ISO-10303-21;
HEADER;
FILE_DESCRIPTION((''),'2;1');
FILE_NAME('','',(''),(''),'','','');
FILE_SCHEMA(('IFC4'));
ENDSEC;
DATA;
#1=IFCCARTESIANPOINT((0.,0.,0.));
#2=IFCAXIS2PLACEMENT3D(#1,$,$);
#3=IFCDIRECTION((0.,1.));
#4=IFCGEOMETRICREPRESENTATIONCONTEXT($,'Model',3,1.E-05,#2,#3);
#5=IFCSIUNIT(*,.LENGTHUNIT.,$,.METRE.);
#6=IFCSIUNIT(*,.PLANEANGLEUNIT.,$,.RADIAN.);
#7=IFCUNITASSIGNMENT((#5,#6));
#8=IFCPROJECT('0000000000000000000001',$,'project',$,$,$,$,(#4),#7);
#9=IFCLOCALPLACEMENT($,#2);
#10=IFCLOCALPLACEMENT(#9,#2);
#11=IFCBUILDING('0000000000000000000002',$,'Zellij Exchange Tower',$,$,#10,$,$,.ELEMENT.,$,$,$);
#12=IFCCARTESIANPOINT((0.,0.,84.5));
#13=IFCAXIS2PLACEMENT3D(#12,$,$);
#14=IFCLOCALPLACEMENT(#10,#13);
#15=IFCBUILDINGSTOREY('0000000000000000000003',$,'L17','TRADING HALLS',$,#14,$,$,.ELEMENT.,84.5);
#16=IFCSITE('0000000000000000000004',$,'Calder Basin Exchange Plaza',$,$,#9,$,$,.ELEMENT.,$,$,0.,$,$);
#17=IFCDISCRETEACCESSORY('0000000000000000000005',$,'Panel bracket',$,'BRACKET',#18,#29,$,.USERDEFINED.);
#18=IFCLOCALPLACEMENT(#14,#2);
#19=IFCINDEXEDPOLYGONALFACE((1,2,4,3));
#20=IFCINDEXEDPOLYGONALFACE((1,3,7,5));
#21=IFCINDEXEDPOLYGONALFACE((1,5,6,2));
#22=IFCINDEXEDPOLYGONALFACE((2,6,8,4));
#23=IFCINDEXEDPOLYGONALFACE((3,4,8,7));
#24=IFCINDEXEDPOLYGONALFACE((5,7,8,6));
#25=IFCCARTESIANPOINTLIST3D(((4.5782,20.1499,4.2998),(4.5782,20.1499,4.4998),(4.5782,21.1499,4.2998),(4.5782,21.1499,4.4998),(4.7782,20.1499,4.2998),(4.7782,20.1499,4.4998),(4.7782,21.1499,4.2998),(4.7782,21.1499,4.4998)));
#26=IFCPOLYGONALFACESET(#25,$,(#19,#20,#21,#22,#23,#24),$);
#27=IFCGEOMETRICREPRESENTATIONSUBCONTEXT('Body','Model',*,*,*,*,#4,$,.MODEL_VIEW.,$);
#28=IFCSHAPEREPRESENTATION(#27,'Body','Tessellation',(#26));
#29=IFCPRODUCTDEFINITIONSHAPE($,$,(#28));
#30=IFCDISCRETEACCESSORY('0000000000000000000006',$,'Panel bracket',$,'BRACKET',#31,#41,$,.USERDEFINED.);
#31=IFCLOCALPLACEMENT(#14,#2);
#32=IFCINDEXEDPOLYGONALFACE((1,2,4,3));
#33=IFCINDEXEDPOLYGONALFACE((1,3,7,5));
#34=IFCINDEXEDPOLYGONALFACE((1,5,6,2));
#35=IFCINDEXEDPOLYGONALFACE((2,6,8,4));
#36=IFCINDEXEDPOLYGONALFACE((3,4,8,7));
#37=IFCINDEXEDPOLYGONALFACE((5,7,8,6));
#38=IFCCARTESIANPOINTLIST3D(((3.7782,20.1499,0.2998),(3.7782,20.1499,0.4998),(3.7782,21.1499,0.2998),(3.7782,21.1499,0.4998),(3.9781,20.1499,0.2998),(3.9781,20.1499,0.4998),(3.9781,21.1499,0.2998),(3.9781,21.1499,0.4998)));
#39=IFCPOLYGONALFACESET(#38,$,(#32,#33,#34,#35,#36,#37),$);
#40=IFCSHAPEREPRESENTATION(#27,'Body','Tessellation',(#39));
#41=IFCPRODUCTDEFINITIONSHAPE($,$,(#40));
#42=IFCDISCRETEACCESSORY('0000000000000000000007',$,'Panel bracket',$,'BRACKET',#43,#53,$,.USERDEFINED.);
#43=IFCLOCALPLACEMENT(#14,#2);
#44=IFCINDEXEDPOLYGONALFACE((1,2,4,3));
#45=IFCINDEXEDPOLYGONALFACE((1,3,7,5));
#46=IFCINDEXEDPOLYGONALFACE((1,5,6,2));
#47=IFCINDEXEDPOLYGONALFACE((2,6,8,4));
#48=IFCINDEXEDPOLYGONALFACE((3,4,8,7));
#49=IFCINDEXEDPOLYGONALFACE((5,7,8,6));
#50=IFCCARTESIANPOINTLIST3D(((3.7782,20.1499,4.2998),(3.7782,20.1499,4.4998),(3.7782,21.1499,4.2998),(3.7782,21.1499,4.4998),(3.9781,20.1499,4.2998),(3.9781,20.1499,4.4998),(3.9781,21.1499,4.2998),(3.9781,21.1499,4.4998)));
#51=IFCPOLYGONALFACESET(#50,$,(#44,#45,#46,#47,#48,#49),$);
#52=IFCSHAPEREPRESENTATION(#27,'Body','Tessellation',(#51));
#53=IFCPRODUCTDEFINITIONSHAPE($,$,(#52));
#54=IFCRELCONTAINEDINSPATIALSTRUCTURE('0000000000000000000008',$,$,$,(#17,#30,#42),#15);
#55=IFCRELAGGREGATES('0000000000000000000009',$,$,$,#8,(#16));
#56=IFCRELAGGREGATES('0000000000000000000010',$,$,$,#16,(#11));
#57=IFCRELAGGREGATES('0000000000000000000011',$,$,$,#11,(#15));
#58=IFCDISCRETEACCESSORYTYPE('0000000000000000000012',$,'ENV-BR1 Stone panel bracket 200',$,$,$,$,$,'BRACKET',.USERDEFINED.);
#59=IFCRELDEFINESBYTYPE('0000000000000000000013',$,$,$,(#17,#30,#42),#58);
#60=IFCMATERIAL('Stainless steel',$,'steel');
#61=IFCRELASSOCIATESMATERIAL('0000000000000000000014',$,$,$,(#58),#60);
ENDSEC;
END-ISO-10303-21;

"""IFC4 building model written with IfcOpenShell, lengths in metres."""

from ifc_helpers import new_model, si_unit, direction, frame, origin, origin_2d, place, context, subcontext, project, spatial, rectangle, extrude, material, type_object, element, save


model = new_model("IFC4")

# Units and contexts
model_context = context("Model", 3, precision=1e-05, world=origin(), true_north=direction((0.0, 1.0)))
body_context = subcontext(model_context, "Body", "Model", "MODEL_VIEW")
ifc_project = project(units=[si_unit("LENGTHUNIT", "METRE"), si_unit("PLANEANGLEUNIT", "RADIAN")], contexts=[model_context])

# Site, building, storey
site_placement = place(None, origin())
site = spatial("IfcSite", under=ifc_project, at=site_placement, Name="Calder Basin Exchange Plaza", CompositionType="ELEMENT", RefElevation=0.0)
building_placement = place(site_placement, origin())
building = spatial("IfcBuilding", under=site, at=building_placement, Name="Zellij Exchange Tower", CompositionType="ELEMENT")
storey_placement = place(building_placement, frame((0.0, 0.0, 84.5)))
storey = spatial("IfcBuildingStorey", under=building, at=storey_placement, Name="L17", Description="TRADING HALLS", CompositionType="ELEMENT", Elevation=84.5)

# Discrete accessories
ifc_material_1 = material(Name="Stainless steel", Category="steel")
discrete_accessory_type = type_object("IfcDiscreteAccessoryType", Name="ENV-BR1 Stone panel bracket 200", ElementType="BRACKET", PredefinedType="USERDEFINED", material=ifc_material_1)
for number, where, z_axis, x_axis, name in (
    (1, (4.6782, 20.6499, 4.2998), (0.0, 0.0, 1.0), (-1.0, 0.0, 0.0), "Panel bracket"),
    (2, (3.8782, 20.6499, 0.2998), (0.0, 0.0, 1.0), (-1.0, 0.0, 0.0), "Panel bracket"),
    (3, (3.8782, 20.6499, 4.2998), (0.0, 0.0, 1.0), (-1.0, 0.0, 0.0), "Panel bracket"),
):
    element("IfcDiscreteAccessory", number, at=place(storey_placement, frame(where, z_axis=z_axis, x_axis=x_axis)), inside=storey, type_object=discrete_accessory_type, Name=name, ObjectType="BRACKET", PredefinedType="USERDEFINED", context=body_context, shape_type="SweptSolid", body=[
        extrude(rectangle(XDim=0.2, YDim=1.0, at=origin_2d()), origin(), (0.0, 0.0, 1.0), 0.2),
    ])

save(model, "model.ifc")
